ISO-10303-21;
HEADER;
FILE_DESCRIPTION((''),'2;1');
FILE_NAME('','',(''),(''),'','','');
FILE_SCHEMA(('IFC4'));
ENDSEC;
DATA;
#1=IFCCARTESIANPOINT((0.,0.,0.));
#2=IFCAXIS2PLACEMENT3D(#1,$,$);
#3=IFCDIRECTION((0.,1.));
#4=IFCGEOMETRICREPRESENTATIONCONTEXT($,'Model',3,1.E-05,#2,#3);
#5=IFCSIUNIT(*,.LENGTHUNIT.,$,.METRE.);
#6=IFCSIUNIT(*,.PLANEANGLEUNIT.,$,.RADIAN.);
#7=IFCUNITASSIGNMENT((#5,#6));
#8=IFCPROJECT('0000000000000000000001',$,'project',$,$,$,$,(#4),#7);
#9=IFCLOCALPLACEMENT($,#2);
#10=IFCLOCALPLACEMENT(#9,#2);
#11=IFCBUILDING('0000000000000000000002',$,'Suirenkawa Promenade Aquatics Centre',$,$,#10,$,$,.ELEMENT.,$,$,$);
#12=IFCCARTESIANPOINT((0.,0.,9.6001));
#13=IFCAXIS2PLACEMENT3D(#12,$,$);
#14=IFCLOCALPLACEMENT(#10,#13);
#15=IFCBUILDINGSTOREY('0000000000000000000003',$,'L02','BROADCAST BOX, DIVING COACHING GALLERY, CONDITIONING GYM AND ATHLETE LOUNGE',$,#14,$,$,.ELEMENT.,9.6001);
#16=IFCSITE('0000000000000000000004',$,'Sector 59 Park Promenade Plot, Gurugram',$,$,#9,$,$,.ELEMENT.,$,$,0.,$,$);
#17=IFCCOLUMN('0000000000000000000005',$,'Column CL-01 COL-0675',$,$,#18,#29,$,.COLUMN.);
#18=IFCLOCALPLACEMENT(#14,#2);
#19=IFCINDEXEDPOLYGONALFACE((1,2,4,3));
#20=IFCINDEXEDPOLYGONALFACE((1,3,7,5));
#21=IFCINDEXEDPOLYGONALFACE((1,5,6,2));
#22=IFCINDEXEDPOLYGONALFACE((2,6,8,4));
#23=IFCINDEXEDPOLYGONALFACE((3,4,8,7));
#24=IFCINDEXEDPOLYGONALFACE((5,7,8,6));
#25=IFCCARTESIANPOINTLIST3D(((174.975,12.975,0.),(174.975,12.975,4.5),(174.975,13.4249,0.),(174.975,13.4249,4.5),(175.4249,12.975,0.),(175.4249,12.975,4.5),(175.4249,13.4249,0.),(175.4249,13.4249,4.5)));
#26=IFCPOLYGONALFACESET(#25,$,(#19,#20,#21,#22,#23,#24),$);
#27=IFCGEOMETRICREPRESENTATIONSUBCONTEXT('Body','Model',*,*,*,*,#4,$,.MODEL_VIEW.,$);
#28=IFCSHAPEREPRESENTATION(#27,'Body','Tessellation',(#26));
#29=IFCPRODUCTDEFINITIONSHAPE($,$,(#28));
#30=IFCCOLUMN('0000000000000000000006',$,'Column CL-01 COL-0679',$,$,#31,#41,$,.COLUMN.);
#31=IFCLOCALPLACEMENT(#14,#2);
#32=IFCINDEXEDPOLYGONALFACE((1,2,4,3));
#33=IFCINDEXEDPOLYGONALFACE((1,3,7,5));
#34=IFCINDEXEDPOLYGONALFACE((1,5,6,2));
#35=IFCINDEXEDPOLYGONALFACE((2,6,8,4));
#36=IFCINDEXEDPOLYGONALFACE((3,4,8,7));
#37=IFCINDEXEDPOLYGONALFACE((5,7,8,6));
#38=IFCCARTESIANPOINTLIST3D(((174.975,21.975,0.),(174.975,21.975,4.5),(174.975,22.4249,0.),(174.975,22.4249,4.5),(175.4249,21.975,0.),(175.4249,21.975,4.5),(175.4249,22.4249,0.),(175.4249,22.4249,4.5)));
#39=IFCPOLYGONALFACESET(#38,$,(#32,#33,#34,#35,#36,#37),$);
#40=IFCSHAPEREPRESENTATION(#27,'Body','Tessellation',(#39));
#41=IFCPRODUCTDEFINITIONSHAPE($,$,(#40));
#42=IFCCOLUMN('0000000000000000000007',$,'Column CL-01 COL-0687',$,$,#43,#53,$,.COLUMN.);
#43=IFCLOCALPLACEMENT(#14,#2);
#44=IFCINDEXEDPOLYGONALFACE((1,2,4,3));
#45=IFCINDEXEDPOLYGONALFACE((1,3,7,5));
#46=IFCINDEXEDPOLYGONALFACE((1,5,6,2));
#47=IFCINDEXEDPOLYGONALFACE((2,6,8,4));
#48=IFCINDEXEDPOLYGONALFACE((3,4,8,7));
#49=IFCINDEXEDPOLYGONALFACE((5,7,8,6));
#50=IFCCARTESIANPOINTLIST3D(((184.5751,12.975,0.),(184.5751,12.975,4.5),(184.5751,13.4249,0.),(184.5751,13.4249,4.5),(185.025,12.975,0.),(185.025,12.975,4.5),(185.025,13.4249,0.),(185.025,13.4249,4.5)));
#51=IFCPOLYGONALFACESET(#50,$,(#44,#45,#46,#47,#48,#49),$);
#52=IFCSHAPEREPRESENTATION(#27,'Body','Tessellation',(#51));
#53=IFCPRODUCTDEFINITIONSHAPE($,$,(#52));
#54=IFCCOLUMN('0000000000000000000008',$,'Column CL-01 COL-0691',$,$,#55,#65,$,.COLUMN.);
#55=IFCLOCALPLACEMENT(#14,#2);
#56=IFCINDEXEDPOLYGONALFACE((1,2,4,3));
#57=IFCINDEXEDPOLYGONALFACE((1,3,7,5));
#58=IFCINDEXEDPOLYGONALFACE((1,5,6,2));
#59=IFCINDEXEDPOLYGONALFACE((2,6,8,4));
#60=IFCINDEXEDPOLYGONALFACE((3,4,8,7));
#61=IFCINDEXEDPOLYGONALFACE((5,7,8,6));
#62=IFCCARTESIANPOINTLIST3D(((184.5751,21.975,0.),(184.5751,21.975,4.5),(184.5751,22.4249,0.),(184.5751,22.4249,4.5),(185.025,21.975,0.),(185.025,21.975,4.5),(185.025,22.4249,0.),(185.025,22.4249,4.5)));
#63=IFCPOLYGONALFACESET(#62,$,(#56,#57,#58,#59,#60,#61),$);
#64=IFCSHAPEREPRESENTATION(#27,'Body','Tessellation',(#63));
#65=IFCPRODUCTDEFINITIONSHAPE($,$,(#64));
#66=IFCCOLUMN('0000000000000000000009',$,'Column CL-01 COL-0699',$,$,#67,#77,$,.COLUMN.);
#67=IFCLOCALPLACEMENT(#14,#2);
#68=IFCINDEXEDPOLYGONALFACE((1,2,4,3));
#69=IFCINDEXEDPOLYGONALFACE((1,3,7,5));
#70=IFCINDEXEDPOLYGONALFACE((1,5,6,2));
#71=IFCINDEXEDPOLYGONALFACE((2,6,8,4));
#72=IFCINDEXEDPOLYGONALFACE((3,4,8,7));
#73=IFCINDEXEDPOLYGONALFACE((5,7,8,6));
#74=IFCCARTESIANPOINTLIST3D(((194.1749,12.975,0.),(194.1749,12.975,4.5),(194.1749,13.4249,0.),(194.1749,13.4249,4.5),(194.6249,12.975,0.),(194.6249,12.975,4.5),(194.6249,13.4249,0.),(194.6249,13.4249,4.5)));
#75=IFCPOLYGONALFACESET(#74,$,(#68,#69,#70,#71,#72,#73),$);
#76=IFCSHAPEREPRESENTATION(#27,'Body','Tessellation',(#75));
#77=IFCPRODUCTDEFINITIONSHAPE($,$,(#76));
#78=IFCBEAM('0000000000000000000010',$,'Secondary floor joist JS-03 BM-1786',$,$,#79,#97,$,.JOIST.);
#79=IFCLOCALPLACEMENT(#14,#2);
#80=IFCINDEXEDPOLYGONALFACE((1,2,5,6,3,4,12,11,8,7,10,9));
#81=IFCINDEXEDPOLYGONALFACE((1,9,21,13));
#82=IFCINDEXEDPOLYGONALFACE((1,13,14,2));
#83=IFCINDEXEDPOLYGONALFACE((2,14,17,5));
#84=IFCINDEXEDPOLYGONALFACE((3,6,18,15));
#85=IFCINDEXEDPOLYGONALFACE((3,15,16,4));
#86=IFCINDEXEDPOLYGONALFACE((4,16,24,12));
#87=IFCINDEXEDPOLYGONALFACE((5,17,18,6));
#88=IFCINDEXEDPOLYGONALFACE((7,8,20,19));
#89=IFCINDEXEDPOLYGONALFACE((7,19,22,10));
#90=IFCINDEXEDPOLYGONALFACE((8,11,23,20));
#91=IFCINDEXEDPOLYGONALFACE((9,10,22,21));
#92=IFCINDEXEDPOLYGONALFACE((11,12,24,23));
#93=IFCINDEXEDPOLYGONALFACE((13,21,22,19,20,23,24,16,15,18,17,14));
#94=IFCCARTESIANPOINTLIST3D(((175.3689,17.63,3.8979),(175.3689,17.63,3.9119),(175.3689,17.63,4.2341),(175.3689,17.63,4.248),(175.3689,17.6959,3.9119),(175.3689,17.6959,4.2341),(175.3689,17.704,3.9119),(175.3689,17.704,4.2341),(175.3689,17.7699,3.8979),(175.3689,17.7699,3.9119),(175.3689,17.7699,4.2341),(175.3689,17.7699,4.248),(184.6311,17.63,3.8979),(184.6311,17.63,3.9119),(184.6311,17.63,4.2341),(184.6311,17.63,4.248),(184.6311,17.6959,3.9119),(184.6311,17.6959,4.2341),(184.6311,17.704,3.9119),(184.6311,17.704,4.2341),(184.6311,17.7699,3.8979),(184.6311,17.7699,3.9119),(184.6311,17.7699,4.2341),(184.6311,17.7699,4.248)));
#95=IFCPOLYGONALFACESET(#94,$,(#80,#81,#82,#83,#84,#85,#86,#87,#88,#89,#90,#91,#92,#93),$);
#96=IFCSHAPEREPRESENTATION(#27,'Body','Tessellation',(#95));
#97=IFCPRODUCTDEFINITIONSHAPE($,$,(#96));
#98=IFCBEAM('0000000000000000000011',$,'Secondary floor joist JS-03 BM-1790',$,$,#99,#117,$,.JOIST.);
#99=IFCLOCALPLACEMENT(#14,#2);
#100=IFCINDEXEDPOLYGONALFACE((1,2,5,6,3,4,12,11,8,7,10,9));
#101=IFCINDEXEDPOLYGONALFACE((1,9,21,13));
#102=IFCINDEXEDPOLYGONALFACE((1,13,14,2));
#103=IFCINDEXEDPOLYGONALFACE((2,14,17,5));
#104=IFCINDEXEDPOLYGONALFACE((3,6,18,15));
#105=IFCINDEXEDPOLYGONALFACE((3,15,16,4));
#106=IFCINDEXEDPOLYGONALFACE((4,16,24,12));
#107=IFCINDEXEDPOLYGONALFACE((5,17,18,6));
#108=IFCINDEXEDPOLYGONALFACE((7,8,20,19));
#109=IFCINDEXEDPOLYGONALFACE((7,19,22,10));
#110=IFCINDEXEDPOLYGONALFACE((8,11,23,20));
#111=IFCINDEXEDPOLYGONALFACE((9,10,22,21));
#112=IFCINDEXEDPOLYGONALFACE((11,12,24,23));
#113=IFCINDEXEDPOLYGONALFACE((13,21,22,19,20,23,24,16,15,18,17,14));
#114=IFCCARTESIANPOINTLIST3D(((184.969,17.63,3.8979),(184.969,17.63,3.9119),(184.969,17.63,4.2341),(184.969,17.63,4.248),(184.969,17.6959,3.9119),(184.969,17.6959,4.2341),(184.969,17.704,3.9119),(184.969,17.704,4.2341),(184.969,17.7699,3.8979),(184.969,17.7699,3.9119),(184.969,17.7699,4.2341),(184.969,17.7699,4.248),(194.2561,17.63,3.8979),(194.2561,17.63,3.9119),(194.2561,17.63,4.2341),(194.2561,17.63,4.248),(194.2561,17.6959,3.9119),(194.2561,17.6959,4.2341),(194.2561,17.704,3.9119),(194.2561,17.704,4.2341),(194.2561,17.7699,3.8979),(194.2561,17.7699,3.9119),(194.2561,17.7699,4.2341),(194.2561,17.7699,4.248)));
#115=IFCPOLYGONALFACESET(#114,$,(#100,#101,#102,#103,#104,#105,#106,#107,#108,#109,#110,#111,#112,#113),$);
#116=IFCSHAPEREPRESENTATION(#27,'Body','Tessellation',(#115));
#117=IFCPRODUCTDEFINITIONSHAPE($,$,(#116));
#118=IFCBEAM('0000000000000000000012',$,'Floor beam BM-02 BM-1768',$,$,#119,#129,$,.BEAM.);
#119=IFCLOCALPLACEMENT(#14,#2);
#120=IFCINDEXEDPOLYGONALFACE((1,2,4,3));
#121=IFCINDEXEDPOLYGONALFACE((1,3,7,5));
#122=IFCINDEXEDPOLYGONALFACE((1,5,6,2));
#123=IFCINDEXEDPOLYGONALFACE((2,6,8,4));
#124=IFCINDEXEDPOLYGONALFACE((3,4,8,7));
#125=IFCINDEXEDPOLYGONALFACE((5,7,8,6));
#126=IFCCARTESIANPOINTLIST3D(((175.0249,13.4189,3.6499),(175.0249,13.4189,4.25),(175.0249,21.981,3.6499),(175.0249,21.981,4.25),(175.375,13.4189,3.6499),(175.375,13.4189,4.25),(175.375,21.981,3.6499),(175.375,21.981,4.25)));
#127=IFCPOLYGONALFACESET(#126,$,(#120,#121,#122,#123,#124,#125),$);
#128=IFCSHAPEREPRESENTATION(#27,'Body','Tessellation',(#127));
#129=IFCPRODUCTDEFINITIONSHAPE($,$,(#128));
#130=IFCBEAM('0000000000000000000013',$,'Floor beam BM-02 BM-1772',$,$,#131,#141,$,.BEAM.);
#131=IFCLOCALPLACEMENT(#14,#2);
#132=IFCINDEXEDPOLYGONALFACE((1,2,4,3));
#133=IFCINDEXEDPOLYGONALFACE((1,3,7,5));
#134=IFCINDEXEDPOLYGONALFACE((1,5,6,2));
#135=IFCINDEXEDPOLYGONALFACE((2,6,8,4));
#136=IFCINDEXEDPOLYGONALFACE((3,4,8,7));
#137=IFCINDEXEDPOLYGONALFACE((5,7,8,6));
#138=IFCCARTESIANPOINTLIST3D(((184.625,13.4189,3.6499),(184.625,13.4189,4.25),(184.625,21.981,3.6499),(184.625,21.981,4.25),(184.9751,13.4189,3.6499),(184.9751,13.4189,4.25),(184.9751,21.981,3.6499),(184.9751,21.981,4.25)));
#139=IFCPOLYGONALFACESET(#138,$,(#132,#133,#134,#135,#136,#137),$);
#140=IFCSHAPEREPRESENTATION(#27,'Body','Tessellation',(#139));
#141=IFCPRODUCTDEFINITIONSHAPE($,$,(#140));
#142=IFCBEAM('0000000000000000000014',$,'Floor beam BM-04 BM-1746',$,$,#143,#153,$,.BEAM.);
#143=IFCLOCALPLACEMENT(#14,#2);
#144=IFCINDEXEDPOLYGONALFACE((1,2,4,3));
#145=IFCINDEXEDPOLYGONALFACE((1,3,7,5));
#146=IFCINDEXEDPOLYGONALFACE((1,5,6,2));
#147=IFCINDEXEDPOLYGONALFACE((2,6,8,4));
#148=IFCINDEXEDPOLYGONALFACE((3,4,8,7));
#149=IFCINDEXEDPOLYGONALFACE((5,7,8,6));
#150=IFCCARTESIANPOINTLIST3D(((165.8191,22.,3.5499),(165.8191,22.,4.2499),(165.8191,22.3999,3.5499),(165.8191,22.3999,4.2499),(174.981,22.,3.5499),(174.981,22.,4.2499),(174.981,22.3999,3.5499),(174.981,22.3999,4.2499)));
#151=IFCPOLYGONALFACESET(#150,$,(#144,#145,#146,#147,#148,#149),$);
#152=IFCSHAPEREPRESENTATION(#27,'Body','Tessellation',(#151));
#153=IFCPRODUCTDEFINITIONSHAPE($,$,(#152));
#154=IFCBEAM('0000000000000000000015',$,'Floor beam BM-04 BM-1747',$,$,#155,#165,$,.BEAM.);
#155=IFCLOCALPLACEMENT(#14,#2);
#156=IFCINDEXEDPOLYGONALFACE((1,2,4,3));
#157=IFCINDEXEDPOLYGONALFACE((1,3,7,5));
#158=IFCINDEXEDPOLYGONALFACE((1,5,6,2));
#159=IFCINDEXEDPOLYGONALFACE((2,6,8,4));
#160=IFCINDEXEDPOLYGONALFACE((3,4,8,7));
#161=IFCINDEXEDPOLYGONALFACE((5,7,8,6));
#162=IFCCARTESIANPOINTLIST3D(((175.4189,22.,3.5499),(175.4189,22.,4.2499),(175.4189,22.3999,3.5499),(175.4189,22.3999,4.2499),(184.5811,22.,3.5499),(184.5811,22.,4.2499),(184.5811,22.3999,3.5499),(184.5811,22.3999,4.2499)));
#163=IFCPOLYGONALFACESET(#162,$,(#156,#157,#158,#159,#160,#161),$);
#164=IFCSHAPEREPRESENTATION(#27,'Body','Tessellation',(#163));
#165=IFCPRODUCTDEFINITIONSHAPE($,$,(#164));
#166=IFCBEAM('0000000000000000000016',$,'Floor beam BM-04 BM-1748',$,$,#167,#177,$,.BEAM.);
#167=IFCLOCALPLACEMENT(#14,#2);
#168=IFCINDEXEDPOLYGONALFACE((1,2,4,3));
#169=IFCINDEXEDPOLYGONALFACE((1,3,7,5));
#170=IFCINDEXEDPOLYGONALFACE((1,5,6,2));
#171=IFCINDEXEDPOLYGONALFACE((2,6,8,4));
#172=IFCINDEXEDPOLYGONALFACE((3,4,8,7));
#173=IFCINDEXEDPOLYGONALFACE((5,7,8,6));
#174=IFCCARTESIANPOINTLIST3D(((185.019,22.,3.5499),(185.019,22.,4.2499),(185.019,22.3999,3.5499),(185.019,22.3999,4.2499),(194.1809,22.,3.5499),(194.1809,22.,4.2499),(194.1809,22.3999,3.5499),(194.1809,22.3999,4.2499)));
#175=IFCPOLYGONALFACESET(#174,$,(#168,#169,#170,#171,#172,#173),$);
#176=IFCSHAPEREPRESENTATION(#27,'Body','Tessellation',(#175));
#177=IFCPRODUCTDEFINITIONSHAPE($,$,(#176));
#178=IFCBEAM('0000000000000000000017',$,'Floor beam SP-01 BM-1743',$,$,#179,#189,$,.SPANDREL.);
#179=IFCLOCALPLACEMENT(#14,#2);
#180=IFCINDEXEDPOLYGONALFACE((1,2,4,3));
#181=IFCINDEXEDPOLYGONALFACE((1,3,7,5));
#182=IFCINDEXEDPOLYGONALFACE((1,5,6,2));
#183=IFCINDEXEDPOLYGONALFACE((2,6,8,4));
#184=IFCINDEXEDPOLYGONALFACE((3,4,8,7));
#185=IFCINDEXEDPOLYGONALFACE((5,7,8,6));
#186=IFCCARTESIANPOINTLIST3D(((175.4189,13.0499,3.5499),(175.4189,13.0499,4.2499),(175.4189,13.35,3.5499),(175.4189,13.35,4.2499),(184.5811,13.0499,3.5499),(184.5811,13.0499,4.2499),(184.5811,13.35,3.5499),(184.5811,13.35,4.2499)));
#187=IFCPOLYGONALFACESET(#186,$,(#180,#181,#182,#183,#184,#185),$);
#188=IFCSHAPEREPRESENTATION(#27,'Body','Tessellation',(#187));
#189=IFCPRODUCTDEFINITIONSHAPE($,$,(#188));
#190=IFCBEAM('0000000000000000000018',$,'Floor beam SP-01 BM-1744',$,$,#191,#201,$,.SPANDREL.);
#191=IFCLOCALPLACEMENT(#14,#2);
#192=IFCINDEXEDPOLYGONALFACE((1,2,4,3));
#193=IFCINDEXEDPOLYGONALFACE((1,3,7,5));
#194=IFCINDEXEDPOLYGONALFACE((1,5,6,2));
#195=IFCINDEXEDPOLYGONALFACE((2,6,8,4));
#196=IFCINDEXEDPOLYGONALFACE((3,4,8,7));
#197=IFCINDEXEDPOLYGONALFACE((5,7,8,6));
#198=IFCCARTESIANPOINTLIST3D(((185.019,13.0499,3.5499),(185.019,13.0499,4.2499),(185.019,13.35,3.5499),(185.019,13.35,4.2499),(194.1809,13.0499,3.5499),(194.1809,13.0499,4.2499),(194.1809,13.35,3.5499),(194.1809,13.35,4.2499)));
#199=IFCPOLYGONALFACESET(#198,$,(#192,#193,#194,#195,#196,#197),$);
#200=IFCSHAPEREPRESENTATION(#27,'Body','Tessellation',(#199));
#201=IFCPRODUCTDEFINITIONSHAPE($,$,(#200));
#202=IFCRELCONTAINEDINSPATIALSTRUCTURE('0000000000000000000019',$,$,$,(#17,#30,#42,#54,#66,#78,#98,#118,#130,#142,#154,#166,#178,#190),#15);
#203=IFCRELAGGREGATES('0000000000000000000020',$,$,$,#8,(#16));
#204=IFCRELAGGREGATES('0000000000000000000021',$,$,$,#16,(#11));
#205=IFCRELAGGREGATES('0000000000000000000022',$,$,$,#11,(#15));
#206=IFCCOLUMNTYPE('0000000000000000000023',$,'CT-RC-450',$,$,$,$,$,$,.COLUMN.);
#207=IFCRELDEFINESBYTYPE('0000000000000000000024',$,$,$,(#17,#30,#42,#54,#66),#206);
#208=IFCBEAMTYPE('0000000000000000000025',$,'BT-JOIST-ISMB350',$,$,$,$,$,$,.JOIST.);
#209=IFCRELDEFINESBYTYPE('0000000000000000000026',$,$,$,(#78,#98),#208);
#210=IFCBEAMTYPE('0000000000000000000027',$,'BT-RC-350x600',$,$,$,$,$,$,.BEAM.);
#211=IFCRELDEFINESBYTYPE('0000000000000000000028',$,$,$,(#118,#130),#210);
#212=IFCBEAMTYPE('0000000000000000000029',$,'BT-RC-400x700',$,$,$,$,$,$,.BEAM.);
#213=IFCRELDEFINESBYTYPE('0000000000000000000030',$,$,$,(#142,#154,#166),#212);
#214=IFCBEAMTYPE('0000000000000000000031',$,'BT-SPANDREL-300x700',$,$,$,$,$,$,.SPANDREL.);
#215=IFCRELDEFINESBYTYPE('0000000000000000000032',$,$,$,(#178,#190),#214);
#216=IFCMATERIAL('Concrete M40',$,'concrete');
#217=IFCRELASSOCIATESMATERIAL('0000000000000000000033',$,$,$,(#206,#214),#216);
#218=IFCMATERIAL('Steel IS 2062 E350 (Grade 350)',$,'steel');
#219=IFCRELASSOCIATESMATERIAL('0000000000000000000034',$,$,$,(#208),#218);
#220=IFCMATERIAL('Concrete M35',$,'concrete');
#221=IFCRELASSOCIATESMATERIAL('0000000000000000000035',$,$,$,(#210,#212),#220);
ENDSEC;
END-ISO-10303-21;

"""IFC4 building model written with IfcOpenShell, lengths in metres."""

from ifc_helpers import new_model, si_unit, direction, frame, origin, origin_2d, place, context, subcontext, project, spatial, rectangle, i_section, extrude, material, material_profile, profile_set, type_object, element, save


model = new_model("IFC4")

# Units and contexts
model_context = context("Model", 3, precision=1e-05, world=origin(), true_north=direction((0.0, 1.0)))
body_context = subcontext(model_context, "Body", "Model", "MODEL_VIEW")
ifc_project = project(units=[si_unit("LENGTHUNIT", "METRE"), si_unit("PLANEANGLEUNIT", "RADIAN")], contexts=[model_context])

# Site, building, storey
site_placement = place(None, origin())
site = spatial("IfcSite", under=ifc_project, at=site_placement, Name="Sector 59 Park Promenade Plot, Gurugram", CompositionType="ELEMENT", RefElevation=0.0)
building_placement = place(site_placement, origin())
building = spatial("IfcBuilding", under=site, at=building_placement, Name="Suirenkawa Promenade Aquatics Centre", CompositionType="ELEMENT")
storey_placement = place(building_placement, frame((0.0, 0.0, 9.6001)))
storey = spatial("IfcBuildingStorey", under=building, at=storey_placement, Name="L02", Description="BROADCAST BOX, DIVING COACHING GALLERY, CONDITIONING GYM AND ATHLETE LOUNGE", CompositionType="ELEMENT", Elevation=9.6001)

# Columns
ifc_material_1 = material(Name="Concrete M40", Category="concrete")
ifc_material_profile_1 = material_profile(ifc_material_1, rectangle(XDim=0.45, YDim=0.45, at=origin_2d()), Name="RC COL 450x450", Category="concrete")
ifc_profile_set_1 = profile_set([ifc_material_profile_1], Name="Concrete M40")
column_type = type_object("IfcColumnType", Name="CT-RC-450", PredefinedType="COLUMN", material=ifc_profile_set_1)
for number, where, z_axis, x_axis, name in (
    (1, (175.2, 13.2, 0.0), (0.0, 0.0, 1.0), (1.0, 0.0, 0.0), "Column CL-01 COL-0675"),
    (2, (175.2, 22.2, 0.0), (0.0, 0.0, 1.0), (1.0, 0.0, 0.0), "Column CL-01 COL-0679"),
    (3, (184.8, 13.2, 0.0), (0.0, 0.0, 1.0), (1.0, 0.0, 0.0), "Column CL-01 COL-0687"),
    (4, (184.8, 22.2, 0.0), (0.0, 0.0, 1.0), (1.0, 0.0, 0.0), "Column CL-01 COL-0691"),
    (5, (194.3999, 13.2, 0.0), (0.0, 0.0, 1.0), (1.0, 0.0, 0.0), "Column CL-01 COL-0699"),
):
    element("IfcColumn", number, at=place(storey_placement, frame(where, z_axis=z_axis, x_axis=x_axis)), inside=storey, type_object=column_type, Name=name, PredefinedType="COLUMN", context=body_context, shape_type="SweptSolid", body=[
        extrude(rectangle(XDim=0.45, YDim=0.45, at=origin_2d()), origin(), (0.0, 0.0, 1.0), 4.5),
    ])

# Beams
ifc_material_2 = material(Name="Steel IS 2062 E350 (Grade 350)", Category="steel")
ifc_material_profile_2 = material_profile(ifc_material_2, i_section(OverallWidth=0.1399, OverallDepth=0.3501, WebThickness=0.0081, FlangeThickness=0.0139, at=origin_2d()), Name="ISMB 350", Category="steel")
ifc_profile_set_2 = profile_set([ifc_material_profile_2], Name="Steel IS 2062 E350 (Grade 350)")
beam_type_1 = type_object("IfcBeamType", Name="BT-JOIST-ISMB350", PredefinedType="JOIST", material=ifc_profile_set_2)
beam_1_placement = place(storey_placement, frame((175.3689, 17.7, 4.073), z_axis=(1.0, 0.0, 0.0), x_axis=(0.0, 1.0, 0.0)))
element("IfcBeam", 6, at=beam_1_placement, inside=storey, type_object=beam_type_1, Name="Secondary floor joist JS-03 BM-1786", PredefinedType="JOIST", context=body_context, shape_type="SweptSolid", body=[
    extrude(i_section(OverallWidth=0.1399, OverallDepth=0.3501, WebThickness=0.0081, FlangeThickness=0.0139, at=origin_2d()), origin(), (0.0, 0.0, 1.0), 9.2622),
])
beam_2_placement = place(storey_placement, frame((184.969, 17.7, 4.073), z_axis=(1.0, 0.0, 0.0), x_axis=(0.0, 1.0, 0.0)))
element("IfcBeam", 7, at=beam_2_placement, inside=storey, type_object=beam_type_1, Name="Secondary floor joist JS-03 BM-1790", PredefinedType="JOIST", context=body_context, shape_type="SweptSolid", body=[
    extrude(i_section(OverallWidth=0.1399, OverallDepth=0.3501, WebThickness=0.0081, FlangeThickness=0.0139, at=origin_2d()), origin(), (0.0, 0.0, 1.0), 9.2871),
])
ifc_material_3 = material(Name="Concrete M35", Category="concrete")
ifc_material_profile_3 = material_profile(ifc_material_3, rectangle(XDim=0.3501, YDim=0.6001, at=origin_2d()), Name="RC BM 350x600", Category="concrete")
ifc_profile_set_3 = profile_set([ifc_material_profile_3], Name="Concrete M35")
beam_type_2 = type_object("IfcBeamType", Name="BT-RC-350x600", PredefinedType="BEAM", material=ifc_profile_set_3)
for number, where, z_axis, x_axis, name in (
    (8, (175.2, 13.4189, 3.95), (0.0, 1.0, 0.0), (-1.0, 0.0, 0.0), "Floor beam BM-02 BM-1768"),
    (9, (184.8, 13.4189, 3.95), (0.0, 1.0, 0.0), (-1.0, 0.0, 0.0), "Floor beam BM-02 BM-1772"),
):
    element("IfcBeam", number, at=place(storey_placement, frame(where, z_axis=z_axis, x_axis=x_axis)), inside=storey, type_object=beam_type_2, Name=name, PredefinedType="BEAM", context=body_context, shape_type="SweptSolid", body=[
        extrude(rectangle(XDim=0.3501, YDim=0.6001, at=origin_2d()), origin(), (0.0, 0.0, 1.0), 8.562),
    ])
ifc_material_profile_4 = material_profile(ifc_material_3, rectangle(XDim=0.3999, YDim=0.7, at=origin_2d()), Name="RC BM 400x700", Category="concrete")
ifc_profile_set_4 = profile_set([ifc_material_profile_4], Name="Concrete M35")
beam_type_3 = type_object("IfcBeamType", Name="BT-RC-400x700", PredefinedType="BEAM", material=ifc_profile_set_4)
beam_3_placement = place(storey_placement, frame((165.8191, 22.2, 3.8999), z_axis=(1.0, 0.0, 0.0), x_axis=(0.0, 1.0, 0.0)))
element("IfcBeam", 10, at=beam_3_placement, inside=storey, type_object=beam_type_3, Name="Floor beam BM-04 BM-1746", PredefinedType="BEAM", context=body_context, shape_type="SweptSolid", body=[
    extrude(rectangle(XDim=0.3999, YDim=0.7, at=origin_2d()), origin(), (0.0, 0.0, 1.0), 9.1619),
])
beam_4_placement = place(storey_placement, frame((175.4189, 22.2, 3.8999), z_axis=(1.0, 0.0, 0.0), x_axis=(0.0, 1.0, 0.0)))
element("IfcBeam", 11, at=beam_4_placement, inside=storey, type_object=beam_type_3, Name="Floor beam BM-04 BM-1747", PredefinedType="BEAM", context=body_context, shape_type="SweptSolid", body=[
    extrude(rectangle(XDim=0.3999, YDim=0.7, at=origin_2d()), origin(), (0.0, 0.0, 1.0), 9.1621),
])
beam_5_placement = place(storey_placement, frame((185.019, 22.2, 3.8999), z_axis=(1.0, 0.0, 0.0), x_axis=(0.0, 1.0, 0.0)))
element("IfcBeam", 12, at=beam_5_placement, inside=storey, type_object=beam_type_3, Name="Floor beam BM-04 BM-1748", PredefinedType="BEAM", context=body_context, shape_type="SweptSolid", body=[
    extrude(rectangle(XDim=0.3999, YDim=0.7, at=origin_2d()), origin(), (0.0, 0.0, 1.0), 9.1619),
])
ifc_material_profile_5 = material_profile(ifc_material_1, rectangle(XDim=0.3, YDim=0.7, at=origin_2d()), Name="RC SPANDREL 300x700", Category="concrete")
ifc_profile_set_5 = profile_set([ifc_material_profile_5], Name="Concrete M40")
beam_type_4 = type_object("IfcBeamType", Name="BT-SPANDREL-300x700", PredefinedType="SPANDREL", material=ifc_profile_set_5)
beam_6_placement = place(storey_placement, frame((175.4189, 13.2, 3.8999), z_axis=(1.0, 0.0, 0.0), x_axis=(0.0, 1.0, 0.0)))
element("IfcBeam", 13, at=beam_6_placement, inside=storey, type_object=beam_type_4, Name="Floor beam SP-01 BM-1743", PredefinedType="SPANDREL", context=body_context, shape_type="SweptSolid", body=[
    extrude(rectangle(XDim=0.3, YDim=0.7, at=origin_2d()), origin(), (0.0, 0.0, 1.0), 9.1621),
])
beam_7_placement = place(storey_placement, frame((185.019, 13.2, 3.8999), z_axis=(1.0, 0.0, 0.0), x_axis=(0.0, 1.0, 0.0)))
element("IfcBeam", 14, at=beam_7_placement, inside=storey, type_object=beam_type_4, Name="Floor beam SP-01 BM-1744", PredefinedType="SPANDREL", context=body_context, shape_type="SweptSolid", body=[
    extrude(rectangle(XDim=0.3, YDim=0.7, at=origin_2d()), origin(), (0.0, 0.0, 1.0), 9.1619),
])

save(model, "model.ifc")
